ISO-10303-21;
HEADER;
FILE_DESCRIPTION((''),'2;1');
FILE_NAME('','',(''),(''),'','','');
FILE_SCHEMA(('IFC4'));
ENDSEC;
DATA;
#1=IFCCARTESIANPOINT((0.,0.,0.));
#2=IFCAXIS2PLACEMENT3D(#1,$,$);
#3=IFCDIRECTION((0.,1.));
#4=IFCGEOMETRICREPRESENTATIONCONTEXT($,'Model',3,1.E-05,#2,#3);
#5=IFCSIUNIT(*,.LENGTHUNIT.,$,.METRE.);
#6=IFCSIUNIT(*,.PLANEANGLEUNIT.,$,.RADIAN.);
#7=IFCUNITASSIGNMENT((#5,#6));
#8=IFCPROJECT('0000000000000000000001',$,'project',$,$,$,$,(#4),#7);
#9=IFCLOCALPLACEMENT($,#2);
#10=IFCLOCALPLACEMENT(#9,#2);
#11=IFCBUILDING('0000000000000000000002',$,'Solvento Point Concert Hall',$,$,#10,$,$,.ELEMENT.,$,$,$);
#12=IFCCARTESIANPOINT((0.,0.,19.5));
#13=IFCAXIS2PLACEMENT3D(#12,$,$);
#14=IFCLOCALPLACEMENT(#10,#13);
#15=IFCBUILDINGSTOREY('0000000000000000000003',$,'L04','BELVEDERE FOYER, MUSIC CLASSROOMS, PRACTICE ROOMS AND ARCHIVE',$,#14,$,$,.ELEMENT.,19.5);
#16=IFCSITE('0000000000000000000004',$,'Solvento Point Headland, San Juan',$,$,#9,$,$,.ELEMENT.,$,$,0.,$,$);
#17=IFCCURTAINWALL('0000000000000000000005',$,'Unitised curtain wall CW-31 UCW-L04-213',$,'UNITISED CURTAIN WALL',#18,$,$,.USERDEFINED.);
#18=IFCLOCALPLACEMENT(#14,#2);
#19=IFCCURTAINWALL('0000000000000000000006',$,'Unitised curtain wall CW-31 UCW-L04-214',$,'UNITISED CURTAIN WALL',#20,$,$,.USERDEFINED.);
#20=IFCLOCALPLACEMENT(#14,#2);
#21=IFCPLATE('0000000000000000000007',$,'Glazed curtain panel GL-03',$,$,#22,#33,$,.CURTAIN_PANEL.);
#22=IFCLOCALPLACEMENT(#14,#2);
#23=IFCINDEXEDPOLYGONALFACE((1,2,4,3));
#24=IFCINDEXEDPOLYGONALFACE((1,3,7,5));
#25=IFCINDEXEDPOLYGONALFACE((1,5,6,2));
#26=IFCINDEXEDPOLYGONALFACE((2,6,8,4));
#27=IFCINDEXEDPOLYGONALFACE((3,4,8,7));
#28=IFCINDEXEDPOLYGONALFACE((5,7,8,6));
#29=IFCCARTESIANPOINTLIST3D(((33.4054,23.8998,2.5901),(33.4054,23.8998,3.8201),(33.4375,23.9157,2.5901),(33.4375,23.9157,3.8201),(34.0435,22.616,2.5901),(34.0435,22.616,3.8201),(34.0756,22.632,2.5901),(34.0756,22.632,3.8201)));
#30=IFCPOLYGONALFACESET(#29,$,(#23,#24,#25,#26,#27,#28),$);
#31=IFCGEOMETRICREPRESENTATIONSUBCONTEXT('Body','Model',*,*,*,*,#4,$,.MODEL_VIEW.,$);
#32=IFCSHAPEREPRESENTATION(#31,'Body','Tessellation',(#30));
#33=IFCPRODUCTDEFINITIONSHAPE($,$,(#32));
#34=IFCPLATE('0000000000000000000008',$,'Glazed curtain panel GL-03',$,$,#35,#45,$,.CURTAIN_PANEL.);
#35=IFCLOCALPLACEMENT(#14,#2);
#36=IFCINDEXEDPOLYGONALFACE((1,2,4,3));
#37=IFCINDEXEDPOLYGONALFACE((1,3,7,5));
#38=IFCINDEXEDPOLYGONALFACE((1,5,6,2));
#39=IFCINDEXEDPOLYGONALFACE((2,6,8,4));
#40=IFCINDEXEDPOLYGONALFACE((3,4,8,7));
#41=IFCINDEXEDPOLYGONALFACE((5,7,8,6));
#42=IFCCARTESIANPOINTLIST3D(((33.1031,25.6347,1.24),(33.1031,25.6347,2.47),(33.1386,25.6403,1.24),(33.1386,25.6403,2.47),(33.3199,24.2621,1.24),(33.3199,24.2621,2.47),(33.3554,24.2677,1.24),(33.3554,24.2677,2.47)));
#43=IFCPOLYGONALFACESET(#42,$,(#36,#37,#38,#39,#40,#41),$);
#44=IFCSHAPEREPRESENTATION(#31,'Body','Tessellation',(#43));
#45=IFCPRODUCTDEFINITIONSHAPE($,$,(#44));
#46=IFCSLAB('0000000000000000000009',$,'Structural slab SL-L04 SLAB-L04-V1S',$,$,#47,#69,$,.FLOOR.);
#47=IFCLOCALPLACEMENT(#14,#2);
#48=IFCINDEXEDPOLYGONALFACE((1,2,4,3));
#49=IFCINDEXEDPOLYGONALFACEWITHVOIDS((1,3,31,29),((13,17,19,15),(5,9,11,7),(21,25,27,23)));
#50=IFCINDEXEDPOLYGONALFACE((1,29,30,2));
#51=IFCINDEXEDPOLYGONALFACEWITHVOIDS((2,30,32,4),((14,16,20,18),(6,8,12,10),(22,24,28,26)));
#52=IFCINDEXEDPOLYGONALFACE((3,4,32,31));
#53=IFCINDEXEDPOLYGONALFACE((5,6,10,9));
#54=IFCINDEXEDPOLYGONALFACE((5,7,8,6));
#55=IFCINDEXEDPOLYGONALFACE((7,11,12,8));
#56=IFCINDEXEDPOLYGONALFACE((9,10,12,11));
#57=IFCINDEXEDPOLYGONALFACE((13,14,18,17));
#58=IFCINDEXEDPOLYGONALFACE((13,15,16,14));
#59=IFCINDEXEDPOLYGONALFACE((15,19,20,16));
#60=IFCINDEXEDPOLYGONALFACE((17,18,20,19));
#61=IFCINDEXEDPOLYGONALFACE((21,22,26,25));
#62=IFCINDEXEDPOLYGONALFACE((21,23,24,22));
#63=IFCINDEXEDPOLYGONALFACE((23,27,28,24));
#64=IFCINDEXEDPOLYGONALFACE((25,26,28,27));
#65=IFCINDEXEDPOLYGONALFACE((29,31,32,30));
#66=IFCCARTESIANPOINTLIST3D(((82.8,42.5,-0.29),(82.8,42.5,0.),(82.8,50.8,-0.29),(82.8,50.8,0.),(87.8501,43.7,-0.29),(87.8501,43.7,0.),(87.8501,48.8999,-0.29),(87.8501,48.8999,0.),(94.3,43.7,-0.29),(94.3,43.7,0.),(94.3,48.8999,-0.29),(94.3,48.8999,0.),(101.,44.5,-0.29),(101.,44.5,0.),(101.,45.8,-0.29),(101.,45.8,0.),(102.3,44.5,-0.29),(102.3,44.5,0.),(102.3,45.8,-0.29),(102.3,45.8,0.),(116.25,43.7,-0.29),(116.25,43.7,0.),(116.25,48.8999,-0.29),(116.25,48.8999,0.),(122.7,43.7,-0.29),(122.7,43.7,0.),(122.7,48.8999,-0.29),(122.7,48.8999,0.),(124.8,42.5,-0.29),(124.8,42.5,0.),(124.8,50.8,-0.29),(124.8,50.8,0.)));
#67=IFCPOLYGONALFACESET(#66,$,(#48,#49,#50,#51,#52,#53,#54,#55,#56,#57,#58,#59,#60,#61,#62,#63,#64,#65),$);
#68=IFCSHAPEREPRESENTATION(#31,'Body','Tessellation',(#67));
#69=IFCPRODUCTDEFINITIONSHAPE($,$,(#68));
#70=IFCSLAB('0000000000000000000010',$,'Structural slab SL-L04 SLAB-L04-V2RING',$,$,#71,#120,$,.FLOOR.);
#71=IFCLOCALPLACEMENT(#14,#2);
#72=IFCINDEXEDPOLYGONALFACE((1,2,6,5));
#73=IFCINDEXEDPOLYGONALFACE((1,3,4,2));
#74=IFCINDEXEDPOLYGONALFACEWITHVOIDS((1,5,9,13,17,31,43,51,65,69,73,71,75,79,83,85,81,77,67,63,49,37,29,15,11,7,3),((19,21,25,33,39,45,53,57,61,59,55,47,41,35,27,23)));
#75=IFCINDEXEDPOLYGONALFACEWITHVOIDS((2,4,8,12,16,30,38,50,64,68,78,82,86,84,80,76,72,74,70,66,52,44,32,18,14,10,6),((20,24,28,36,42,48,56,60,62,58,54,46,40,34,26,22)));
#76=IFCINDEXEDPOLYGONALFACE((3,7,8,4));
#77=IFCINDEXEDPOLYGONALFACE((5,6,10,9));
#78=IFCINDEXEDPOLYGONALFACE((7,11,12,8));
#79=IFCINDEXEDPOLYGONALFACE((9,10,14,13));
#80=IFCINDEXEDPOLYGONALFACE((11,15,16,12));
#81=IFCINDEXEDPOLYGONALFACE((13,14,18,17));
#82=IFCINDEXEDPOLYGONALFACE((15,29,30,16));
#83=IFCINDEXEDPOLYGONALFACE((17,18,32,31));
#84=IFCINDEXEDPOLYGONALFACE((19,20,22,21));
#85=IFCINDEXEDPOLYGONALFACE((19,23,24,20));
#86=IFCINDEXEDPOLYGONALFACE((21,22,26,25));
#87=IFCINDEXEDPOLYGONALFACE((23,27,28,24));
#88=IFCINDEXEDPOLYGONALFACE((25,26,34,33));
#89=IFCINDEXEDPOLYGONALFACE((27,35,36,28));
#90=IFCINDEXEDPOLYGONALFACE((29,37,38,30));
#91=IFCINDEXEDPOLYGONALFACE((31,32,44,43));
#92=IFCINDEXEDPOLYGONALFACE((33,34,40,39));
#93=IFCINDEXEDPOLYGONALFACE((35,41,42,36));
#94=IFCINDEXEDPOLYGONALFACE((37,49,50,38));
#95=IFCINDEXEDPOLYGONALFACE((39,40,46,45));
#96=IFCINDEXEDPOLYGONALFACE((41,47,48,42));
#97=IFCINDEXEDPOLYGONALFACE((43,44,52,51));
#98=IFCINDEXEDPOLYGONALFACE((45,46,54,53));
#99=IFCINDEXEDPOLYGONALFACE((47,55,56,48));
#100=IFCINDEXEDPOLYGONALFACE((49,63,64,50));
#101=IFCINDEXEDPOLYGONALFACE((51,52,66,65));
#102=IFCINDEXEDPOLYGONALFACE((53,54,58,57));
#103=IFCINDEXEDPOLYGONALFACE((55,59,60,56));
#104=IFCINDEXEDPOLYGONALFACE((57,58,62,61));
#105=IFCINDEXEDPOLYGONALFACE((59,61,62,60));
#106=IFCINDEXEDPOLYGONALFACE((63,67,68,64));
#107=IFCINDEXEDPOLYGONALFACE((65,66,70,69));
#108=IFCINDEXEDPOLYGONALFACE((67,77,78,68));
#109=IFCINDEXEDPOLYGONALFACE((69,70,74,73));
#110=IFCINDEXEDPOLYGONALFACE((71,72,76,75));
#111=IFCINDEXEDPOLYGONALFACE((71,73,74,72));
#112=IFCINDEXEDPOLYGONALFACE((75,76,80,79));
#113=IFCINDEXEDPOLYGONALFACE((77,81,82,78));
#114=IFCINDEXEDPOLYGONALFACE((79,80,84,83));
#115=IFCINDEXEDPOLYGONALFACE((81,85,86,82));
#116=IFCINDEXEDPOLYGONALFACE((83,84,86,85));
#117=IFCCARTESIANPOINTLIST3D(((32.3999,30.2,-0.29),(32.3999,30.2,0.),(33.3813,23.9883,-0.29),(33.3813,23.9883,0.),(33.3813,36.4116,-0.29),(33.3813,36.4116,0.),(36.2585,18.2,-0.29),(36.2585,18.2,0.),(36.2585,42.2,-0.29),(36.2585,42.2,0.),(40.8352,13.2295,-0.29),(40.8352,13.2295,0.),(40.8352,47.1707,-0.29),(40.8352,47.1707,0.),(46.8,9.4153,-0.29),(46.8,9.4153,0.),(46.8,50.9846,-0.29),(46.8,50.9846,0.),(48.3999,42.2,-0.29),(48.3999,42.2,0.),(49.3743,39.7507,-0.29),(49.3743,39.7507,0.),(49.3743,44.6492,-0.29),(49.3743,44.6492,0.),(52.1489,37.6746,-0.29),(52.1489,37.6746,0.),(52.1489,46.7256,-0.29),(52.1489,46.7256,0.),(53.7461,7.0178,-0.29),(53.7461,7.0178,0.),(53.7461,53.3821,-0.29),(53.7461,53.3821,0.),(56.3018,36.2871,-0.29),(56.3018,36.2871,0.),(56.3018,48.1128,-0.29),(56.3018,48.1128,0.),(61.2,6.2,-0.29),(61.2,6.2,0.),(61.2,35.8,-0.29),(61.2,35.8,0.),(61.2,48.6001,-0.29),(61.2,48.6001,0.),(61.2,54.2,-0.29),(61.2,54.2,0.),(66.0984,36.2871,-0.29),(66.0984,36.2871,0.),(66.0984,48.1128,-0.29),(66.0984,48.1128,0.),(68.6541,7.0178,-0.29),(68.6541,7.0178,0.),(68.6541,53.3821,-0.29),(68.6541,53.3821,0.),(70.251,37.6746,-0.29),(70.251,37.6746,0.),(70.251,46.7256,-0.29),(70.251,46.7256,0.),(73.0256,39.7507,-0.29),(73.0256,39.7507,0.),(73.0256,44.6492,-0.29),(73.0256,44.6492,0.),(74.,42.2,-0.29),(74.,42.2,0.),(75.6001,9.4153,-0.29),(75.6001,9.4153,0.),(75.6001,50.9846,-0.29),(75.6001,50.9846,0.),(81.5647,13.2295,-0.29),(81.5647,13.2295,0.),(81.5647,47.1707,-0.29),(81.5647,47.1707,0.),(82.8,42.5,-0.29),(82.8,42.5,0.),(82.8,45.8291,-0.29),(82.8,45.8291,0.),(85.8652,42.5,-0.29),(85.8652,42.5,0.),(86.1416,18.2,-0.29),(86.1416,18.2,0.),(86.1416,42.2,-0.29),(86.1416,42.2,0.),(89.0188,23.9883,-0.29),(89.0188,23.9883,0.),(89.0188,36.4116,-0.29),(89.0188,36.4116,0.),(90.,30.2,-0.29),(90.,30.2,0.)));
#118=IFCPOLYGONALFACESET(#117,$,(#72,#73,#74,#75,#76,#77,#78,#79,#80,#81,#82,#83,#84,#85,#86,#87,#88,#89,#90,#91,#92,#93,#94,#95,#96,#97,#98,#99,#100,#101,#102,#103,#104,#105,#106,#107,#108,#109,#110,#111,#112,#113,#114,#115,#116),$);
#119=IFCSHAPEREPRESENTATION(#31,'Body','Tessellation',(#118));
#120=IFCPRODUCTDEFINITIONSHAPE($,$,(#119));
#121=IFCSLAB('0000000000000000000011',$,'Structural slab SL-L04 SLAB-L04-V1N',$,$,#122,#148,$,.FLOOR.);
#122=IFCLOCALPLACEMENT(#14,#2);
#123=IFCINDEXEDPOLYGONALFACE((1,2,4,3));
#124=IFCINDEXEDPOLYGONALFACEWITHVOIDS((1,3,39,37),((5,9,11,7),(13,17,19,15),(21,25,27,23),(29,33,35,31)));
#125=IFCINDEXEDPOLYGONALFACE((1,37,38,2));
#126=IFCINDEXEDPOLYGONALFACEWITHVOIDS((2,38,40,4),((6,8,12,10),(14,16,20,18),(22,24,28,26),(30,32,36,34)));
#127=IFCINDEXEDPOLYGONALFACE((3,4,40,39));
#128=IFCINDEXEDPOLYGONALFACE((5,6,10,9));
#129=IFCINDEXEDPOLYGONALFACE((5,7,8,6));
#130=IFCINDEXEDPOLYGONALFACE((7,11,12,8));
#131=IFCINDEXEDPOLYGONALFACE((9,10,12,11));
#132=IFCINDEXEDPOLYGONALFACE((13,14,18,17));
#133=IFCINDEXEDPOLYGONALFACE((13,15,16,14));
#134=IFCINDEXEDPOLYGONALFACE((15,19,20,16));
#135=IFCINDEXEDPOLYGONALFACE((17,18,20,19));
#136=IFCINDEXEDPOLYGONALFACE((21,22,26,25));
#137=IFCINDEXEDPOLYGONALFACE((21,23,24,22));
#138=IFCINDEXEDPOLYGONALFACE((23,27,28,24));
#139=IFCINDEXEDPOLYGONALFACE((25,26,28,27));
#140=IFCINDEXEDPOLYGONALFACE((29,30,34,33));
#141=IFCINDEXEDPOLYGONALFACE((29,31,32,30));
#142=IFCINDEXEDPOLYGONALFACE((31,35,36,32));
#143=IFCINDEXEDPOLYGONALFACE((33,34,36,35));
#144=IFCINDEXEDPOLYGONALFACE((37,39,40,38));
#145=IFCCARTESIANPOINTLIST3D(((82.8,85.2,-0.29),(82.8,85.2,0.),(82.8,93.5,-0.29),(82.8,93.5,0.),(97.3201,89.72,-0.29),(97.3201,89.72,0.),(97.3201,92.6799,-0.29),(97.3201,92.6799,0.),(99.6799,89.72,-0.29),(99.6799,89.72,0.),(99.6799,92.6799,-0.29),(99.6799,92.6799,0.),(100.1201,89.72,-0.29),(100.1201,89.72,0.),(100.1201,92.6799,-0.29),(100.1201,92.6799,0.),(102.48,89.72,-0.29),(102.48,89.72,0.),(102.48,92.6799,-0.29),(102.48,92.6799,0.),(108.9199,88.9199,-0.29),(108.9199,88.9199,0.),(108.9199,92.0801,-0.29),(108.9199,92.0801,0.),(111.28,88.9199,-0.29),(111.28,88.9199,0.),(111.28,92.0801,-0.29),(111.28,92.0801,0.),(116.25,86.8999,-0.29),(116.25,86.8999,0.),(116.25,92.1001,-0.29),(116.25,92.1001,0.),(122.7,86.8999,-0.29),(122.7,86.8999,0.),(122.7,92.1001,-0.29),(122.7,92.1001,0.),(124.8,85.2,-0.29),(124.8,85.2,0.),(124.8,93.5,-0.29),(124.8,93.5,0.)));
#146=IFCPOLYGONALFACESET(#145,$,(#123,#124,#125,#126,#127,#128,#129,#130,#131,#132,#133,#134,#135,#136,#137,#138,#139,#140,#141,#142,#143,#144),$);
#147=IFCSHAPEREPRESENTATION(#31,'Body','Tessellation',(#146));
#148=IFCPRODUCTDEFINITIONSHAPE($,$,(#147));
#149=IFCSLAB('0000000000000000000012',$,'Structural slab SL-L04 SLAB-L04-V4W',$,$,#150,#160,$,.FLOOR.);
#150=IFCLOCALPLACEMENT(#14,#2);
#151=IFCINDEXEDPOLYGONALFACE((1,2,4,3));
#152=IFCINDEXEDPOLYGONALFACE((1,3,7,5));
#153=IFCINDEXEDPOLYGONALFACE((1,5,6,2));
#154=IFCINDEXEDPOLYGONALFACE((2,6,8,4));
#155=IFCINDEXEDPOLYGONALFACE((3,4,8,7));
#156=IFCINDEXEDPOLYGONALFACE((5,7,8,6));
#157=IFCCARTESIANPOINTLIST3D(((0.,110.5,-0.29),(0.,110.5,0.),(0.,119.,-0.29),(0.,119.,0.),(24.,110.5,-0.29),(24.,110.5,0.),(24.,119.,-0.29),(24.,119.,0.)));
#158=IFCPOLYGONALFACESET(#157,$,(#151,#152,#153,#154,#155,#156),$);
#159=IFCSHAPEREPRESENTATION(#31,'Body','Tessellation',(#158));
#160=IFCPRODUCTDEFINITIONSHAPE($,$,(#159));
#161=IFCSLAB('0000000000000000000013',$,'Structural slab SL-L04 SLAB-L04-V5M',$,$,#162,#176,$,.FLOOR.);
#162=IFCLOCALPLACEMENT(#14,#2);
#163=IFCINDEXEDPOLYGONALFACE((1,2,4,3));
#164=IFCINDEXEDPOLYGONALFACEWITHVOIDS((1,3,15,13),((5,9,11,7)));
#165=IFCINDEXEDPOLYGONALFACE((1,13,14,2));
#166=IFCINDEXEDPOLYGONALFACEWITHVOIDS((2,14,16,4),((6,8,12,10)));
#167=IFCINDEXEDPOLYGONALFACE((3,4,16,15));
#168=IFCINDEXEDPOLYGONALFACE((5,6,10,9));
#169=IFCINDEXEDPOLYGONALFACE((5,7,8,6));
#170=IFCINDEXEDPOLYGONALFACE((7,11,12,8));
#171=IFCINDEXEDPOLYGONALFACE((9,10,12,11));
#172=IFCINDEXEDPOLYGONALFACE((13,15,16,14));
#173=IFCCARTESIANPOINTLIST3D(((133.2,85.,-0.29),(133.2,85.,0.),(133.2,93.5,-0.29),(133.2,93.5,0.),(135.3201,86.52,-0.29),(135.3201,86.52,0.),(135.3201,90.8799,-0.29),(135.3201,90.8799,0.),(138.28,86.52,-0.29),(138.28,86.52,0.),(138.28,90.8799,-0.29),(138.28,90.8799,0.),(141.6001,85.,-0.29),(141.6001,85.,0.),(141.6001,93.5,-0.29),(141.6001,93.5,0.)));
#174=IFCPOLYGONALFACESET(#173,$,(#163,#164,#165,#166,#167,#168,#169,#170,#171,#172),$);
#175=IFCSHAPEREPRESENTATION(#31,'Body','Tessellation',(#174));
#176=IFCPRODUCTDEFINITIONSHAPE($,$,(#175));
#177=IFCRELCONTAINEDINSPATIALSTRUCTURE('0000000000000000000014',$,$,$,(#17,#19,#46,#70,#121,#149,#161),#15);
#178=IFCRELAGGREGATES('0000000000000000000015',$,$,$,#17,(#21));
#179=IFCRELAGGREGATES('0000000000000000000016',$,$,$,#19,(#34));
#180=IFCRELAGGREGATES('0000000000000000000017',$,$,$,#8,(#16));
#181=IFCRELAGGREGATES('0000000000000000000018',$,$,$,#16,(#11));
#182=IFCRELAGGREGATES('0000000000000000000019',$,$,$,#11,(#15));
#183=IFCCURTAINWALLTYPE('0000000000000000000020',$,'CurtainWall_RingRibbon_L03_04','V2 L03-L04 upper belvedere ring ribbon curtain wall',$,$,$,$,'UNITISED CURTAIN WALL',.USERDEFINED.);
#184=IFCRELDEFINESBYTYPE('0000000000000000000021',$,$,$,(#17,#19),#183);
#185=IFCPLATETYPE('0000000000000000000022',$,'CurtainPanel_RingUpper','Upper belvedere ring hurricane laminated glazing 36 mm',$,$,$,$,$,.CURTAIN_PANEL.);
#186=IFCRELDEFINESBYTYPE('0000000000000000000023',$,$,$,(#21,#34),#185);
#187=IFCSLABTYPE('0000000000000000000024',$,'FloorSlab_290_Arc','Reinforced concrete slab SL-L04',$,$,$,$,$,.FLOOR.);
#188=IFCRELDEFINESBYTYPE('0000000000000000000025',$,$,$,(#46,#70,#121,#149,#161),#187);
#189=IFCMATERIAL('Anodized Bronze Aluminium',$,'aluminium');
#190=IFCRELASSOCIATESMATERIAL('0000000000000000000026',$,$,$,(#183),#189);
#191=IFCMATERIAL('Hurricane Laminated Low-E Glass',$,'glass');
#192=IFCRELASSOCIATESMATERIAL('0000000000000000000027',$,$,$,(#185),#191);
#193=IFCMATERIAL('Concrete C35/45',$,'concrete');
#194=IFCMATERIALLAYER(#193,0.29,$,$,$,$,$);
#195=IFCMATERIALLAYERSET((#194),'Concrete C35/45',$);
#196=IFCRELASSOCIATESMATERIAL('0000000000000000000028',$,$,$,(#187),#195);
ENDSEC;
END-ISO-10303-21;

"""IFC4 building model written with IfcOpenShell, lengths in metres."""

from ifc_helpers import new_model, si_unit, direction, frame, origin, origin_2d, place, context, subcontext, project, spatial, polyline, rectangle, outline, extrude, material, layer, layer_set, type_object, element, aggregate, save


model = new_model("IFC4")

# Units and contexts
model_context = context("Model", 3, precision=1e-05, world=origin(), true_north=direction((0.0, 1.0)))
body_context = subcontext(model_context, "Body", "Model", "MODEL_VIEW")
ifc_project = project(units=[si_unit("LENGTHUNIT", "METRE"), si_unit("PLANEANGLEUNIT", "RADIAN")], contexts=[model_context])

# Site, building, storey
site_placement = place(None, origin())
site = spatial("IfcSite", under=ifc_project, at=site_placement, Name="Solvento Point Headland, San Juan", CompositionType="ELEMENT", RefElevation=0.0)
building_placement = place(site_placement, origin())
building = spatial("IfcBuilding", under=site, at=building_placement, Name="Solvento Point Concert Hall", CompositionType="ELEMENT")
storey_placement = place(building_placement, frame((0.0, 0.0, 19.5)))
storey = spatial("IfcBuildingStorey", under=building, at=storey_placement, Name="L04", Description="BELVEDERE FOYER, MUSIC CLASSROOMS, PRACTICE ROOMS AND ARCHIVE", CompositionType="ELEMENT", Elevation=19.5)

# Curtain walls
ifc_material_1 = material(Name="Anodized Bronze Aluminium", Category="aluminium")
curtain_wall_type = type_object("IfcCurtainWallType", Name="CurtainWall_RingRibbon_L03_04", Description="V2 L03-L04 upper belvedere ring ribbon curtain wall", ElementType="UNITISED CURTAIN WALL", PredefinedType="USERDEFINED", material=ifc_material_1)
curtain_wall_1_placement = place(storey_placement, origin())
curtain_wall_1 = element("IfcCurtainWall", 1, at=curtain_wall_1_placement, inside=storey, type_object=curtain_wall_type, Name="Unitised curtain wall CW-31 UCW-L04-213", ObjectType="UNITISED CURTAIN WALL", PredefinedType="USERDEFINED")
curtain_wall_2_placement = place(storey_placement, origin())
curtain_wall_2 = element("IfcCurtainWall", 2, at=curtain_wall_2_placement, inside=storey, type_object=curtain_wall_type, Name="Unitised curtain wall CW-31 UCW-L04-214", ObjectType="UNITISED CURTAIN WALL", PredefinedType="USERDEFINED")

# Plates
ifc_material_2 = material(Name="Hurricane Laminated Low-E Glass", Category="glass")
plate_type = type_object("IfcPlateType", Name="CurtainPanel_RingUpper", Description="Upper belvedere ring hurricane laminated glazing 36 mm", PredefinedType="CURTAIN_PANEL", material=ifc_material_2)
plate_1_placement = place(storey_placement, frame((33.7405, 23.2659, 2.5901), z_axis=(0.0, 0.0, 1.0), x_axis=(-0.445115, 0.895473, 0.0)))
plate_1 = element("IfcPlate", 3, at=plate_1_placement, type_object=plate_type, Name="Glazed curtain panel GL-03", PredefinedType="CURTAIN_PANEL", context=body_context, shape_type="SweptSolid", body=[
    extrude(rectangle(XDim=1.4336, YDim=0.0359, at=origin_2d()), origin(), (0.0, 0.0, 1.0), 1.23),
])
aggregate(curtain_wall_1, [plate_1])
plate_2_placement = place(storey_placement, frame((33.2292, 24.9512, 1.24), z_axis=(0.0, 0.0, 1.0), x_axis=(-0.156041, 0.987751, 0.0)))
plate_2 = element("IfcPlate", 4, at=plate_2_placement, type_object=plate_type, Name="Glazed curtain panel GL-03", PredefinedType="CURTAIN_PANEL", context=body_context, shape_type="SweptSolid", body=[
    extrude(rectangle(XDim=1.3896, YDim=0.0359, at=origin_2d()), origin(), (0.0, 0.0, 1.0), 1.23),
])
aggregate(curtain_wall_2, [plate_2])

# Slabs
ifc_material_3 = material(Name="Concrete C35/45", Category="concrete")
ifc_layer_1 = layer(ifc_material_3, 0.29)
ifc_layer_set_1 = layer_set([ifc_layer_1], Name="Concrete C35/45")
slab_type_1 = type_object("IfcSlabType", Name="FloorSlab_290_Arc", Description="Reinforced concrete slab SL-L04", PredefinedType="FLOOR", material=ifc_layer_set_1)
slab_1_placement = place(storey_placement, frame((0.0, 0.0, -0.29)))
element("IfcSlab", 5, at=slab_1_placement, inside=storey, type_object=slab_type_1, Name="Structural slab SL-L04 SLAB-L04-V1S", PredefinedType="FLOOR", context=body_context, shape_type="SweptSolid", body=[
    extrude(outline(polyline([(82.8, 50.8), (124.8, 50.8), (124.8, 42.5), (82.8, 42.5), (82.8, 50.8)]), holes=[polyline([(122.7, 48.8999), (116.25, 48.8999), (116.25, 43.7), (122.7, 43.7), (122.7, 48.8999)]), polyline([(102.3, 45.8), (101.0, 45.8), (101.0, 44.5), (102.3, 44.5), (102.3, 45.8)]), polyline([(94.3, 48.8999), (87.8501, 48.8999), (87.8501, 43.7), (94.3, 43.7), (94.3, 48.8999)])]), origin(), (0.0, 0.0, 1.0), 0.29),
])
slab_2_placement = place(storey_placement, frame((0.0, 0.0, -0.29)))
element("IfcSlab", 6, at=slab_2_placement, inside=storey, type_object=slab_type_1, Name="Structural slab SL-L04 SLAB-L04-V2RING", PredefinedType="FLOOR", context=body_context, shape_type="SweptSolid", body=[
    extrude(outline(polyline([(81.5647, 13.2295), (75.6001, 9.4153), (68.6541, 7.0178), (61.2, 6.2), (53.7461, 7.0178), (46.8, 9.4153), (40.8352, 13.2295), (36.2585, 18.2), (33.3813, 23.9883), (32.3999, 30.2), (33.3813, 36.4116), (36.2585, 42.2), (40.8352, 47.1707), (46.8, 50.9846), (53.7461, 53.3821), (61.2, 54.2), (68.6541, 53.3821), (75.6001, 50.9846), (81.5647, 47.1707), (82.8, 45.8291), (82.8, 42.5), (85.8652, 42.5), (86.1416, 42.2), (89.0188, 36.4116), (90.0, 30.2), (89.0188, 23.9883), (86.1416, 18.2), (81.5647, 13.2295)]), holes=[polyline([(66.0984, 48.1128), (61.2, 48.6001), (56.3018, 48.1128), (52.1489, 46.7256), (49.3743, 44.6492), (48.3999, 42.2), (49.3743, 39.7507), (52.1489, 37.6746), (56.3018, 36.2871), (61.2, 35.8), (66.0984, 36.2871), (70.251, 37.6746), (73.0256, 39.7507), (74.0, 42.2), (73.0256, 44.6492), (70.251, 46.7256), (66.0984, 48.1128)])]), origin(), (0.0, 0.0, 1.0), 0.29),
])
slab_3_placement = place(storey_placement, frame((0.0, 0.0, -0.29)))
element("IfcSlab", 7, at=slab_3_placement, inside=storey, type_object=slab_type_1, Name="Structural slab SL-L04 SLAB-L04-V1N", PredefinedType="FLOOR", context=body_context, shape_type="SweptSolid", body=[
    extrude(outline(polyline([(82.8, 93.5), (124.8, 93.5), (124.8, 85.2), (82.8, 85.2), (82.8, 93.5)]), holes=[polyline([(122.7, 92.1001), (116.25, 92.1001), (116.25, 86.8999), (122.7, 86.8999), (122.7, 92.1001)]), polyline([(111.28, 92.0801), (108.9199, 92.0801), (108.9199, 88.9199), (111.28, 88.9199), (111.28, 92.0801)]), polyline([(102.48, 92.6799), (100.1201, 92.6799), (100.1201, 89.72), (102.48, 89.72), (102.48, 92.6799)]), polyline([(99.6799, 92.6799), (97.3201, 92.6799), (97.3201, 89.72), (99.6799, 89.72), (99.6799, 92.6799)])]), origin(), (0.0, 0.0, 1.0), 0.29),
])
slab_4_placement = place(storey_placement, frame((0.0, 0.0, -0.29)))
element("IfcSlab", 8, at=slab_4_placement, inside=storey, type_object=slab_type_1, Name="Structural slab SL-L04 SLAB-L04-V4W", PredefinedType="FLOOR", context=body_context, shape_type="SweptSolid", body=[
    extrude(outline(polyline([(0.0, 119.0), (24.0, 119.0), (24.0, 110.5), (0.0, 110.5), (0.0, 119.0)])), origin(), (0.0, 0.0, 1.0), 0.29),
])
slab_5_placement = place(storey_placement, frame((0.0, 0.0, -0.29)))
element("IfcSlab", 9, at=slab_5_placement, inside=storey, type_object=slab_type_1, Name="Structural slab SL-L04 SLAB-L04-V5M", PredefinedType="FLOOR", context=body_context, shape_type="SweptSolid", body=[
    extrude(outline(polyline([(133.2, 93.5), (141.6001, 93.5), (141.6001, 85.0), (133.2, 85.0), (133.2, 93.5)]), holes=[polyline([(138.28, 90.8799), (135.3201, 90.8799), (135.3201, 86.52), (138.28, 86.52), (138.28, 90.8799)])]), origin(), (0.0, 0.0, 1.0), 0.29),
])

save(model, "model.ifc")
